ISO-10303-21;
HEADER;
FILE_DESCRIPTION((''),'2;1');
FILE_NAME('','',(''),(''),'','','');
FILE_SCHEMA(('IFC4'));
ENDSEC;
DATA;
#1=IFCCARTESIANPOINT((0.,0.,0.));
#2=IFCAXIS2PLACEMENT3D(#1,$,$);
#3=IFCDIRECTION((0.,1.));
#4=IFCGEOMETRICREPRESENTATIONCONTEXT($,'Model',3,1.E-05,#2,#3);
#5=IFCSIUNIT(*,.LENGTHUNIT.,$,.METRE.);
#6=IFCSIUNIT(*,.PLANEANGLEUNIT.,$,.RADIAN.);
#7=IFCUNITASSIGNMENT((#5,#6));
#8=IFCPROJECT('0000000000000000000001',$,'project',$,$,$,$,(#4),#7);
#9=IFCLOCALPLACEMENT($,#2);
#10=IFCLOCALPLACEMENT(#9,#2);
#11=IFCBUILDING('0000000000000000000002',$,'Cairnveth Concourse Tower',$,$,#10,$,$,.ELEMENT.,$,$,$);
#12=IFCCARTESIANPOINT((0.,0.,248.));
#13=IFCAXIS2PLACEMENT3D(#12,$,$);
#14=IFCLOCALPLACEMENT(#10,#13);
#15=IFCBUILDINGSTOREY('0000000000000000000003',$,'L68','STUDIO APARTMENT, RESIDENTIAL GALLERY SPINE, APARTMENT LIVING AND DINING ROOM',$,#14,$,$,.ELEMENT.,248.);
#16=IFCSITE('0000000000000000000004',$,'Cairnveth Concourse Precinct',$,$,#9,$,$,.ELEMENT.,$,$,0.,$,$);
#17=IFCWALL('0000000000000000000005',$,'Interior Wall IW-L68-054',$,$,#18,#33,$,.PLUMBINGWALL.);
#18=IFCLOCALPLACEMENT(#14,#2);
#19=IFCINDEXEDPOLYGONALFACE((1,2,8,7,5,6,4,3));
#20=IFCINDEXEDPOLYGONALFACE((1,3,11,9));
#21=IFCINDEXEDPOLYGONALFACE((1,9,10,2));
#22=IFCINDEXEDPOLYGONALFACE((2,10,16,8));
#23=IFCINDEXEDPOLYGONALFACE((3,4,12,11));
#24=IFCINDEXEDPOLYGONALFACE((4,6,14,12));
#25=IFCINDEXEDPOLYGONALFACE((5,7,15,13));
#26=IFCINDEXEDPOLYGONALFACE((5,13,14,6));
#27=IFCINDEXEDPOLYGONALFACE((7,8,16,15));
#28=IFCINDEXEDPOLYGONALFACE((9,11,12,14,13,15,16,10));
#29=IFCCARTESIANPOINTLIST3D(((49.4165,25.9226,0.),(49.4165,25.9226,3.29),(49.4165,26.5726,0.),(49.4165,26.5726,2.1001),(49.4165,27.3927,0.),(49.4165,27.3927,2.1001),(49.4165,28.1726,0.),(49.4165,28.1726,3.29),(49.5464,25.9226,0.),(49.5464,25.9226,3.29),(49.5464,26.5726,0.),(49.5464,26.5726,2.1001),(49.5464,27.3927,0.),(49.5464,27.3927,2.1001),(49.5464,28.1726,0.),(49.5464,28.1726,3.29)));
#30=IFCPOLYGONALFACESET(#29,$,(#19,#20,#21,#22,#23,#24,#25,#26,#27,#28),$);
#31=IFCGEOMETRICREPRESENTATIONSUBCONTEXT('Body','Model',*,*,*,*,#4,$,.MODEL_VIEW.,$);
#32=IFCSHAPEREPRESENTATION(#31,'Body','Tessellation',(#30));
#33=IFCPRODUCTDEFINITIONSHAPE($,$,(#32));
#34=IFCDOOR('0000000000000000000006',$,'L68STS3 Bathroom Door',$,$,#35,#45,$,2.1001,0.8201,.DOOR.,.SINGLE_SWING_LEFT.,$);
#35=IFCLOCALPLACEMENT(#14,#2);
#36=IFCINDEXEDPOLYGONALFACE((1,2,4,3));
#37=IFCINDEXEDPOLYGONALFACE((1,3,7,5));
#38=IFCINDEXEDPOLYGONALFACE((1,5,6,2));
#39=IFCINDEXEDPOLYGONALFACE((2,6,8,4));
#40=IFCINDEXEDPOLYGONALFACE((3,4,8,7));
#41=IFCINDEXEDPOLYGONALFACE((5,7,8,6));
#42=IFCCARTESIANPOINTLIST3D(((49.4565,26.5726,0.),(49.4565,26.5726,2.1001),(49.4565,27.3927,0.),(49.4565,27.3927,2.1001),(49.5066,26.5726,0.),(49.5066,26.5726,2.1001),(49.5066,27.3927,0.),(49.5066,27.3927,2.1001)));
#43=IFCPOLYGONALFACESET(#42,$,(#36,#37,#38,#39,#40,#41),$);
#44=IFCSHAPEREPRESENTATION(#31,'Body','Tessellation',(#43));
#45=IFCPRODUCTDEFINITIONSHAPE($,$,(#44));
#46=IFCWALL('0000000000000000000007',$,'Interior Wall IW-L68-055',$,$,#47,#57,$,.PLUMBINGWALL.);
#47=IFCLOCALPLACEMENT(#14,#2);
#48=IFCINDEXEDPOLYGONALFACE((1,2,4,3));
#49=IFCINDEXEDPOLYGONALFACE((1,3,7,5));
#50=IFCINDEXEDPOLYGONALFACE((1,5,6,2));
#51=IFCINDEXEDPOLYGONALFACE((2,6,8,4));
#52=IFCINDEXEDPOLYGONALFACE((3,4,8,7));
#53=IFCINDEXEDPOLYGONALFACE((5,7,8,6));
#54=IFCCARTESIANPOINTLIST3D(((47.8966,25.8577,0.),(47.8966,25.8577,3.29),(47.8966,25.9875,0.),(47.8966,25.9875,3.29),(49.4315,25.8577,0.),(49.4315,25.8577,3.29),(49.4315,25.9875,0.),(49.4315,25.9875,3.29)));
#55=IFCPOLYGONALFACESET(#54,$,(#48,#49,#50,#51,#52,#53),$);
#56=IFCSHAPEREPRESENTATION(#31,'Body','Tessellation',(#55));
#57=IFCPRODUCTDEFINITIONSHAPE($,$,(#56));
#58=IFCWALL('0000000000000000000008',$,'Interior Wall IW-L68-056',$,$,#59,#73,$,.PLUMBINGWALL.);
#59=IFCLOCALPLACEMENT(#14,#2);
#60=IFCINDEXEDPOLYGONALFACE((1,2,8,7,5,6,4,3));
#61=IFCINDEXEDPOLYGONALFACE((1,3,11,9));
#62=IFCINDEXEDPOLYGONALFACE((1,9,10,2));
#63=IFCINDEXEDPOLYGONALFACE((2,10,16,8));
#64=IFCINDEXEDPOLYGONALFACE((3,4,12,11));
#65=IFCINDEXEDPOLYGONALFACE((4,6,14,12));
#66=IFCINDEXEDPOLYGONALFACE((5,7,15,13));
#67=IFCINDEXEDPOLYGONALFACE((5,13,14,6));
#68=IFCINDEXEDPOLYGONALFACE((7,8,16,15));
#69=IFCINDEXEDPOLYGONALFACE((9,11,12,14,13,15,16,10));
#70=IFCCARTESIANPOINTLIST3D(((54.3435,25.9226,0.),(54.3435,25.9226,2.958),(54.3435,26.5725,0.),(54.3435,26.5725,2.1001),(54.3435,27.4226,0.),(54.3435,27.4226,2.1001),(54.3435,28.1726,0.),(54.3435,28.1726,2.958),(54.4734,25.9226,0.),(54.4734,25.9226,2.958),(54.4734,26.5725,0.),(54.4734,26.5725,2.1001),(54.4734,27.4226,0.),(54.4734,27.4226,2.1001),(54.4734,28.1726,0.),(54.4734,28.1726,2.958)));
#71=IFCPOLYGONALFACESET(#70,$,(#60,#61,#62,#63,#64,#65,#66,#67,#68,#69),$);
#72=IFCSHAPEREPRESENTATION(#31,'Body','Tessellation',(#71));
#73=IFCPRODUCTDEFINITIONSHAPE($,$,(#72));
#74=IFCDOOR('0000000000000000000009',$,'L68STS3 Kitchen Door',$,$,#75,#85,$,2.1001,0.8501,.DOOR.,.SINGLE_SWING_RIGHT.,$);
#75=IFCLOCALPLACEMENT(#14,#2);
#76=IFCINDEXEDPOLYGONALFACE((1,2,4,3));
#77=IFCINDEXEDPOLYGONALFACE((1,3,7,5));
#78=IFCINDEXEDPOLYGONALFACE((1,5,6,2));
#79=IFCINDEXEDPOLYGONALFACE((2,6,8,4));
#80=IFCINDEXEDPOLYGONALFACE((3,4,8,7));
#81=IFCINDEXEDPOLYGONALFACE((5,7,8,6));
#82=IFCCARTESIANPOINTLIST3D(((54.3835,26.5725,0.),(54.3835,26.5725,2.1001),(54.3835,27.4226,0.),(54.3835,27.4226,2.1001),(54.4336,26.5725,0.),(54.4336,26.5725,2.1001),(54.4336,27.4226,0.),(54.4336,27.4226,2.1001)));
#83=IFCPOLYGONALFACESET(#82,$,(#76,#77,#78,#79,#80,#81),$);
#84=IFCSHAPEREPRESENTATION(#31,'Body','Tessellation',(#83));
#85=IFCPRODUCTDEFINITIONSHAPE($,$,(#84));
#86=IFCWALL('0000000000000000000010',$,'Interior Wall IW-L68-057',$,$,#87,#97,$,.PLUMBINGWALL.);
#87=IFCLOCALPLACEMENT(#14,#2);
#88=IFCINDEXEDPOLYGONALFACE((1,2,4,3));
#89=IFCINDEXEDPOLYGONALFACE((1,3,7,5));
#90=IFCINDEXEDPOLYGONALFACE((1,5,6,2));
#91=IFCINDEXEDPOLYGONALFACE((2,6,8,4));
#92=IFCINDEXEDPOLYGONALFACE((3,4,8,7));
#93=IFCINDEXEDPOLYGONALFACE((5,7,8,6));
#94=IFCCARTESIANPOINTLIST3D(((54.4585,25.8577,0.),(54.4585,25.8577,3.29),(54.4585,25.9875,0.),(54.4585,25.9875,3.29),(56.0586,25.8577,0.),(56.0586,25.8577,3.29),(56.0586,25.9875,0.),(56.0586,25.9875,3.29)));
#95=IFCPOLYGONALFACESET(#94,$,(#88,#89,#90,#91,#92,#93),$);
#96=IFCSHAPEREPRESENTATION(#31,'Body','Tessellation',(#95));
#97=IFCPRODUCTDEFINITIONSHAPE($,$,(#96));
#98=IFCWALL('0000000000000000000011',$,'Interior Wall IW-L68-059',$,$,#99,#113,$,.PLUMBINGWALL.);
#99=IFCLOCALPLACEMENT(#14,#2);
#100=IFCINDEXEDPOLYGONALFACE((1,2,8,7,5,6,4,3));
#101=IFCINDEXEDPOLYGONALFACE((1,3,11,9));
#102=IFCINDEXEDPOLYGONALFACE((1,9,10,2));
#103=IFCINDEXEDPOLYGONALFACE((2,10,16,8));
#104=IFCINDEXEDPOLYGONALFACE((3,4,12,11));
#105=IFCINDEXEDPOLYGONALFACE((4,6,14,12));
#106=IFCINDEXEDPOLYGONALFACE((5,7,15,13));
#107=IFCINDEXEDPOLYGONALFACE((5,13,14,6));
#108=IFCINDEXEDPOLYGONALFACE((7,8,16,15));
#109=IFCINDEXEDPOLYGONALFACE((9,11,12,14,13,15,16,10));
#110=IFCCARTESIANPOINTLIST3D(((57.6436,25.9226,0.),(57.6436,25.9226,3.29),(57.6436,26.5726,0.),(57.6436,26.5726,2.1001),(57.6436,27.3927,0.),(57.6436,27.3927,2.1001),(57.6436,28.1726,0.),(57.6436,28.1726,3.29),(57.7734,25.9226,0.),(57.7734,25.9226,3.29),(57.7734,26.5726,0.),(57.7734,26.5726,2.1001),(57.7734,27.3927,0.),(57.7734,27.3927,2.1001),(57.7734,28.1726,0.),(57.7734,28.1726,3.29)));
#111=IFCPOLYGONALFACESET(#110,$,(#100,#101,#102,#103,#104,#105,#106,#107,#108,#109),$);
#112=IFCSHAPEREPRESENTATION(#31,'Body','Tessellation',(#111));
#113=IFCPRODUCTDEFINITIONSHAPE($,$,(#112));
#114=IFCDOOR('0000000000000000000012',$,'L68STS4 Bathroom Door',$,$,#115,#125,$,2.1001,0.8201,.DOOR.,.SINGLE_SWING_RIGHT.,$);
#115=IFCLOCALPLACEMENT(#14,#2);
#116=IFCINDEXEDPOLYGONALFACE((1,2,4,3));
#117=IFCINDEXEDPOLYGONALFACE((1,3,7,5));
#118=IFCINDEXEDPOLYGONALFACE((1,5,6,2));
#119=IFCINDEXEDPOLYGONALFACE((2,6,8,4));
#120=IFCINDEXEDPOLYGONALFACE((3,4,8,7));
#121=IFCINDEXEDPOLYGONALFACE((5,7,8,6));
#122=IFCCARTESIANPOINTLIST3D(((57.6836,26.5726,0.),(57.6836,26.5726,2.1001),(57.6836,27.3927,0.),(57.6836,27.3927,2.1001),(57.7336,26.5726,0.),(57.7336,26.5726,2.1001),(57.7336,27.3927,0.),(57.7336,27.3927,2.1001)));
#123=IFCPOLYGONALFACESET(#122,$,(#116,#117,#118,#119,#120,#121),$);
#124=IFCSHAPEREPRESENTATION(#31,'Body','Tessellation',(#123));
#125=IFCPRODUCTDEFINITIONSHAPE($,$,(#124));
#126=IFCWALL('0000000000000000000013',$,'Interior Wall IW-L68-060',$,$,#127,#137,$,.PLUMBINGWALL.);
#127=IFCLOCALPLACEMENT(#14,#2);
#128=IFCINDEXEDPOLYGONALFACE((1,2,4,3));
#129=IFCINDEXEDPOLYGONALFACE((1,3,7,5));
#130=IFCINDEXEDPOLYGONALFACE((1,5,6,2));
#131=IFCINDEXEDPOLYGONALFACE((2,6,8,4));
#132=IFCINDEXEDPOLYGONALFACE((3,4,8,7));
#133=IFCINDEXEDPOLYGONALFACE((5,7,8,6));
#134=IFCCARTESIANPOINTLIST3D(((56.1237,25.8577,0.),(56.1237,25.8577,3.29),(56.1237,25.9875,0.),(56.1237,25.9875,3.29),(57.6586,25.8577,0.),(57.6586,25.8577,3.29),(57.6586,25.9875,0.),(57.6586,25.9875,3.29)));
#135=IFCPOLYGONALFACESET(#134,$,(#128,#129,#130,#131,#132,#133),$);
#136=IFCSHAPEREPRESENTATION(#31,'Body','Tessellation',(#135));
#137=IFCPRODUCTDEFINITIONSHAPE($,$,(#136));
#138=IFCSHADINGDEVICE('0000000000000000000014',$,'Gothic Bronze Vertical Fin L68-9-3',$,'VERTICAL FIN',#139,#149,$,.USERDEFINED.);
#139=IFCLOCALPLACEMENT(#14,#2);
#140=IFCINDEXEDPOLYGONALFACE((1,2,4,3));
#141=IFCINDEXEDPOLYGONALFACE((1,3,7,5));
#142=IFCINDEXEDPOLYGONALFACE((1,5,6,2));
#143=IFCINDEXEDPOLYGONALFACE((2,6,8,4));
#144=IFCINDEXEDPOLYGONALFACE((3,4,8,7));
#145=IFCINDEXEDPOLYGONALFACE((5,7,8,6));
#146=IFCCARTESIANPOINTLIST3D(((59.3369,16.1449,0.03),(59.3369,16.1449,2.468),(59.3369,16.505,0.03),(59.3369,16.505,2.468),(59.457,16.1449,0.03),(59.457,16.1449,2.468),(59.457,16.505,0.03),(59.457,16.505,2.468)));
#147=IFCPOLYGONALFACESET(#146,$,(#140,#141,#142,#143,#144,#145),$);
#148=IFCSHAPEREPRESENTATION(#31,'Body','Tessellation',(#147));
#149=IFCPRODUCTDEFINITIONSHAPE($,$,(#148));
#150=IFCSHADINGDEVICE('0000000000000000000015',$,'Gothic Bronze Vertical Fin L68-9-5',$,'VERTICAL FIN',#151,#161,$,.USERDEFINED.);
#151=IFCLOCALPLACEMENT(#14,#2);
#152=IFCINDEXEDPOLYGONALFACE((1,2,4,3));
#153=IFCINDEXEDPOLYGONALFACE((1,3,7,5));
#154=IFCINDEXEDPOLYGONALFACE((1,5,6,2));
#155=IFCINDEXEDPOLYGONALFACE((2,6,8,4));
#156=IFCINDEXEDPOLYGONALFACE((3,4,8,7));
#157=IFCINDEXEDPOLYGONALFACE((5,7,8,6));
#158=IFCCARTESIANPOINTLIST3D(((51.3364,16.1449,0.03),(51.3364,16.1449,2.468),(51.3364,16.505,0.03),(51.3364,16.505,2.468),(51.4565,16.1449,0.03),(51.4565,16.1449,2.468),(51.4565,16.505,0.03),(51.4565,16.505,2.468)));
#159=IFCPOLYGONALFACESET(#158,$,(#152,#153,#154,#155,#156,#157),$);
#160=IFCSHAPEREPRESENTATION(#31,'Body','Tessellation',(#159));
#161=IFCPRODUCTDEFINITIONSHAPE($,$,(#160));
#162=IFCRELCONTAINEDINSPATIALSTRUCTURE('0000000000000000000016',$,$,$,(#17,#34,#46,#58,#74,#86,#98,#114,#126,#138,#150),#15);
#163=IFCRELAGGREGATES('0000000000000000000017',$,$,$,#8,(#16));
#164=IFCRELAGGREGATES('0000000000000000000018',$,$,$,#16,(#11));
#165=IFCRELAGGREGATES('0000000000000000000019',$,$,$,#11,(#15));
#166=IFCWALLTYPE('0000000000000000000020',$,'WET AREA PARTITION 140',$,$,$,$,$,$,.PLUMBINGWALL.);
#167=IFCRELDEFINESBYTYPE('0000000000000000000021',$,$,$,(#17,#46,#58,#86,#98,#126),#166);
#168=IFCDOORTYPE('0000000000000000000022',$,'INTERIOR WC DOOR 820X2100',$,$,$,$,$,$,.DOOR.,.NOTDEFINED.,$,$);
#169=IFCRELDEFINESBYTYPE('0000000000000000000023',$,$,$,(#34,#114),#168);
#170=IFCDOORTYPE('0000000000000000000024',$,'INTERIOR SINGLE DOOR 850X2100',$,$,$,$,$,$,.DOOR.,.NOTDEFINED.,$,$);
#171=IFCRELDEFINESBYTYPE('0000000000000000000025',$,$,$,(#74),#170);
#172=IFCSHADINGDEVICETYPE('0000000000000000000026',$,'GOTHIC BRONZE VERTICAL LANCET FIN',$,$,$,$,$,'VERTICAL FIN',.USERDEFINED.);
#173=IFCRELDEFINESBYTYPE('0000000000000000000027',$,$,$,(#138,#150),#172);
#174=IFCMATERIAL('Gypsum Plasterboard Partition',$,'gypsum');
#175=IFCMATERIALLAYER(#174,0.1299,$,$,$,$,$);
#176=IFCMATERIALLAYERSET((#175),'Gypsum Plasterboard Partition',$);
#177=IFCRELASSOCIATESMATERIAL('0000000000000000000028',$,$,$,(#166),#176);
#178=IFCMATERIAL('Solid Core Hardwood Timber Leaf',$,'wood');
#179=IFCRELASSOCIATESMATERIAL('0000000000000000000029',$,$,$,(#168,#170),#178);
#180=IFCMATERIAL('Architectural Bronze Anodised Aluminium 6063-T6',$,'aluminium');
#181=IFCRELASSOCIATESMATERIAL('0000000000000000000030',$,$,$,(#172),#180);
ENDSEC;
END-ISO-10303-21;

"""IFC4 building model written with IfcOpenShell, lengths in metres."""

from ifc_helpers import new_model, si_unit, direction, frame, frame_2d, origin, origin_2d, place, context, subcontext, project, spatial, rectangle, extrude, material, layer, layer_set, type_object, element, fill, save


model = new_model("IFC4")

# Units and contexts
model_context = context("Model", 3, precision=1e-05, world=origin(), true_north=direction((0.0, 1.0)))
body_context = subcontext(model_context, "Body", "Model", "MODEL_VIEW")
ifc_project = project(units=[si_unit("LENGTHUNIT", "METRE"), si_unit("PLANEANGLEUNIT", "RADIAN")], contexts=[model_context])

# Site, building, storey
site_placement = place(None, origin())
site = spatial("IfcSite", under=ifc_project, at=site_placement, Name="Cairnveth Concourse Precinct", CompositionType="ELEMENT", RefElevation=0.0)
building_placement = place(site_placement, origin())
building = spatial("IfcBuilding", under=site, at=building_placement, Name="Cairnveth Concourse Tower", CompositionType="ELEMENT")
storey_placement = place(building_placement, frame((0.0, 0.0, 248.0)))
storey = spatial("IfcBuildingStorey", under=building, at=storey_placement, Name="L68", Description="STUDIO APARTMENT, RESIDENTIAL GALLERY SPINE, APARTMENT LIVING AND DINING ROOM", CompositionType="ELEMENT", Elevation=248.0)

# Shared definitions
ifc_material_1 = material(Name="Gypsum Plasterboard Partition", Category="gypsum")
ifc_material_2 = material(Name="Solid Core Hardwood Timber Leaf", Category="wood")

# Wall, opening, door
ifc_layer_1 = layer(ifc_material_1, 0.1299)
ifc_layer_set_1 = layer_set([ifc_layer_1], Name="Gypsum Plasterboard Partition")
wall_type_1 = type_object("IfcWallType", Name="WET AREA PARTITION 140", PredefinedType="PLUMBINGWALL", material=ifc_layer_set_1)
wall_1_placement = place(storey_placement, frame((49.4814, 25.9226, 0.0), z_axis=(0.0, 0.0, 1.0), x_axis=(0.0, 1.0, 0.0)))
wall_1 = element("IfcWall", 1, at=wall_1_placement, inside=storey, type_object=wall_type_1, Name="Interior Wall IW-L68-054", PredefinedType="PLUMBINGWALL", context=body_context, shape_type="SweptSolid", body=[
    extrude(rectangle(XDim=2.25, YDim=0.1299, at=frame_2d((1.125, 0.0))), origin(), (0.0, 0.0, 1.0), 3.29),
])
opening_1_placement = place(wall_1_placement, frame((0.6499, 0.0, 0.0)))
opening_1 = element("IfcOpeningElement", 2, at=opening_1_placement, cuts=wall_1, PredefinedType="OPENING", context=body_context, shape_type="SweptSolid", body=[
    extrude(rectangle(XDim=0.8201, YDim=2.1001, at=frame_2d((0.4102, 1.05))), frame((0.0, 0.075, 0.0), z_axis=(0.0, -1.0, 0.0), x_axis=(1.0, 0.0, 0.0)), (0.0, 0.0, 1.0), 0.1499),
])
door_type_1 = type_object("IfcDoorType", Name="INTERIOR WC DOOR 820X2100", OperationType="NOTDEFINED", PredefinedType="DOOR", material=ifc_material_2)
door_1_placement = place(opening_1_placement, origin())
door_1 = element("IfcDoor", 3, at=door_1_placement, inside=storey, type_object=door_type_1, Name="L68STS3 Bathroom Door", OperationType="SINGLE_SWING_LEFT", OverallHeight=2.1001, OverallWidth=0.8201, PredefinedType="DOOR", context=body_context, shape_type="SweptSolid", body=[
    extrude(rectangle(XDim=0.8201, YDim=2.1001, at=frame_2d((0.4102, 1.05))), frame((0.0, 0.0249, 0.0), z_axis=(0.0, -1.0, 0.0), x_axis=(1.0, 0.0, 0.0)), (0.0, 0.0, 1.0), 0.05),
])
fill(opening_1, door_1)

# Wall
wall_2_placement = place(storey_placement, frame((47.8965, 25.9226, 0.0), z_axis=(0.0, 0.0, 1.0), x_axis=(1.0, 0.0, 0.0)))
element("IfcWall", 4, at=wall_2_placement, inside=storey, type_object=wall_type_1, Name="Interior Wall IW-L68-055", PredefinedType="PLUMBINGWALL", context=body_context, shape_type="SweptSolid", body=[
    extrude(rectangle(XDim=1.5349, YDim=0.1299, at=frame_2d((0.7676, 0.0))), origin(), (0.0, 0.0, 1.0), 3.29),
])

# Wall, opening, door
wall_3_placement = place(storey_placement, frame((54.4084, 25.9226, 0.0), z_axis=(0.0, 0.0, 1.0), x_axis=(0.0, 1.0, 0.0)))
wall_3 = element("IfcWall", 5, at=wall_3_placement, inside=storey, type_object=wall_type_1, Name="Interior Wall IW-L68-056", PredefinedType="PLUMBINGWALL", context=body_context, shape_type="SweptSolid", body=[
    extrude(rectangle(XDim=2.25, YDim=0.1299, at=frame_2d((1.125, 0.0))), origin(), (0.0, 0.0, 1.0), 2.958),
])
opening_2_placement = place(wall_3_placement, frame((0.6499, 0.0, 0.0)))
opening_2 = element("IfcOpeningElement", 6, at=opening_2_placement, cuts=wall_3, PredefinedType="OPENING", context=body_context, shape_type="SweptSolid", body=[
    extrude(rectangle(XDim=0.8501, YDim=2.1001, at=frame_2d((0.425, 1.05))), frame((0.0, 0.075, 0.0), z_axis=(0.0, -1.0, 0.0), x_axis=(1.0, 0.0, 0.0)), (0.0, 0.0, 1.0), 0.1499),
])
door_type_2 = type_object("IfcDoorType", Name="INTERIOR SINGLE DOOR 850X2100", OperationType="NOTDEFINED", PredefinedType="DOOR", material=ifc_material_2)
door_2_placement = place(opening_2_placement, origin())
door_2 = element("IfcDoor", 7, at=door_2_placement, inside=storey, type_object=door_type_2, Name="L68STS3 Kitchen Door", OperationType="SINGLE_SWING_RIGHT", OverallHeight=2.1001, OverallWidth=0.8501, PredefinedType="DOOR", context=body_context, shape_type="SweptSolid", body=[
    extrude(rectangle(XDim=0.8501, YDim=2.1001, at=frame_2d((0.425, 1.05))), frame((0.0, 0.0249, 0.0), z_axis=(0.0, -1.0, 0.0), x_axis=(1.0, 0.0, 0.0)), (0.0, 0.0, 1.0), 0.05),
])
fill(opening_2, door_2)

# Wall
wall_4_placement = place(storey_placement, frame((54.4585, 25.9226, 0.0), z_axis=(0.0, 0.0, 1.0), x_axis=(1.0, 0.0, 0.0)))
element("IfcWall", 8, at=wall_4_placement, inside=storey, type_object=wall_type_1, Name="Interior Wall IW-L68-057", PredefinedType="PLUMBINGWALL", context=body_context, shape_type="SweptSolid", body=[
    extrude(rectangle(XDim=1.6001, YDim=0.1299, at=frame_2d((0.8, 0.0))), origin(), (0.0, 0.0, 1.0), 3.29),
])

# Wall, opening, door
wall_5_placement = place(storey_placement, frame((57.7085, 25.9226, 0.0), z_axis=(0.0, 0.0, 1.0), x_axis=(0.0, 1.0, 0.0)))
wall_5 = element("IfcWall", 9, at=wall_5_placement, inside=storey, type_object=wall_type_1, Name="Interior Wall IW-L68-059", PredefinedType="PLUMBINGWALL", context=body_context, shape_type="SweptSolid", body=[
    extrude(rectangle(XDim=2.25, YDim=0.1299, at=frame_2d((1.125, 0.0))), origin(), (0.0, 0.0, 1.0), 3.29),
])
opening_3_placement = place(wall_5_placement, frame((0.6499, 0.0, 0.0)))
opening_3 = element("IfcOpeningElement", 10, at=opening_3_placement, cuts=wall_5, PredefinedType="OPENING", context=body_context, shape_type="SweptSolid", body=[
    extrude(rectangle(XDim=0.8201, YDim=2.1001, at=frame_2d((0.4102, 1.05))), frame((0.0, 0.075, 0.0), z_axis=(0.0, -1.0, 0.0), x_axis=(1.0, 0.0, 0.0)), (0.0, 0.0, 1.0), 0.1499),
])
door_3_placement = place(opening_3_placement, origin())
door_3 = element("IfcDoor", 11, at=door_3_placement, inside=storey, type_object=door_type_1, Name="L68STS4 Bathroom Door", OperationType="SINGLE_SWING_RIGHT", OverallHeight=2.1001, OverallWidth=0.8201, PredefinedType="DOOR", context=body_context, shape_type="SweptSolid", body=[
    extrude(rectangle(XDim=0.8201, YDim=2.1001, at=frame_2d((0.4102, 1.05))), frame((0.0, 0.0249, 0.0), z_axis=(0.0, -1.0, 0.0), x_axis=(1.0, 0.0, 0.0)), (0.0, 0.0, 1.0), 0.05),
])
fill(opening_3, door_3)

# Wall
wall_6_placement = place(storey_placement, frame((56.1235, 25.9226, 0.0), z_axis=(0.0, 0.0, 1.0), x_axis=(1.0, 0.0, 0.0)))
element("IfcWall", 12, at=wall_6_placement, inside=storey, type_object=wall_type_1, Name="Interior Wall IW-L68-060", PredefinedType="PLUMBINGWALL", context=body_context, shape_type="SweptSolid", body=[
    extrude(rectangle(XDim=1.5349, YDim=0.1299, at=frame_2d((0.7676, 0.0))), origin(), (0.0, 0.0, 1.0), 3.29),
])

# Shading devices
ifc_material_3 = material(Name="Architectural Bronze Anodised Aluminium 6063-T6", Category="aluminium")
shading_device_type = type_object("IfcShadingDeviceType", Name="GOTHIC BRONZE VERTICAL LANCET FIN", ElementType="VERTICAL FIN", PredefinedType="USERDEFINED", material=ifc_material_3)
for number, where, z_axis, x_axis, name in (
    (13, (59.397, 16.325, 0.03), (0.0, 0.0, 1.0), (1.0, 0.0, 0.0), "Gothic Bronze Vertical Fin L68-9-3"),
    (14, (51.3965, 16.325, 0.03), (0.0, 0.0, 1.0), (1.0, 0.0, 0.0), "Gothic Bronze Vertical Fin L68-9-5"),
):
    element("IfcShadingDevice", number, at=place(storey_placement, frame(where, z_axis=z_axis, x_axis=x_axis)), inside=storey, type_object=shading_device_type, Name=name, ObjectType="VERTICAL FIN", PredefinedType="USERDEFINED", context=body_context, shape_type="SweptSolid", body=[
        extrude(rectangle(XDim=0.1201, YDim=0.3601, at=origin_2d()), origin(), (0.0, 0.0, 1.0), 2.438),
    ])

save(model, "model.ifc")
